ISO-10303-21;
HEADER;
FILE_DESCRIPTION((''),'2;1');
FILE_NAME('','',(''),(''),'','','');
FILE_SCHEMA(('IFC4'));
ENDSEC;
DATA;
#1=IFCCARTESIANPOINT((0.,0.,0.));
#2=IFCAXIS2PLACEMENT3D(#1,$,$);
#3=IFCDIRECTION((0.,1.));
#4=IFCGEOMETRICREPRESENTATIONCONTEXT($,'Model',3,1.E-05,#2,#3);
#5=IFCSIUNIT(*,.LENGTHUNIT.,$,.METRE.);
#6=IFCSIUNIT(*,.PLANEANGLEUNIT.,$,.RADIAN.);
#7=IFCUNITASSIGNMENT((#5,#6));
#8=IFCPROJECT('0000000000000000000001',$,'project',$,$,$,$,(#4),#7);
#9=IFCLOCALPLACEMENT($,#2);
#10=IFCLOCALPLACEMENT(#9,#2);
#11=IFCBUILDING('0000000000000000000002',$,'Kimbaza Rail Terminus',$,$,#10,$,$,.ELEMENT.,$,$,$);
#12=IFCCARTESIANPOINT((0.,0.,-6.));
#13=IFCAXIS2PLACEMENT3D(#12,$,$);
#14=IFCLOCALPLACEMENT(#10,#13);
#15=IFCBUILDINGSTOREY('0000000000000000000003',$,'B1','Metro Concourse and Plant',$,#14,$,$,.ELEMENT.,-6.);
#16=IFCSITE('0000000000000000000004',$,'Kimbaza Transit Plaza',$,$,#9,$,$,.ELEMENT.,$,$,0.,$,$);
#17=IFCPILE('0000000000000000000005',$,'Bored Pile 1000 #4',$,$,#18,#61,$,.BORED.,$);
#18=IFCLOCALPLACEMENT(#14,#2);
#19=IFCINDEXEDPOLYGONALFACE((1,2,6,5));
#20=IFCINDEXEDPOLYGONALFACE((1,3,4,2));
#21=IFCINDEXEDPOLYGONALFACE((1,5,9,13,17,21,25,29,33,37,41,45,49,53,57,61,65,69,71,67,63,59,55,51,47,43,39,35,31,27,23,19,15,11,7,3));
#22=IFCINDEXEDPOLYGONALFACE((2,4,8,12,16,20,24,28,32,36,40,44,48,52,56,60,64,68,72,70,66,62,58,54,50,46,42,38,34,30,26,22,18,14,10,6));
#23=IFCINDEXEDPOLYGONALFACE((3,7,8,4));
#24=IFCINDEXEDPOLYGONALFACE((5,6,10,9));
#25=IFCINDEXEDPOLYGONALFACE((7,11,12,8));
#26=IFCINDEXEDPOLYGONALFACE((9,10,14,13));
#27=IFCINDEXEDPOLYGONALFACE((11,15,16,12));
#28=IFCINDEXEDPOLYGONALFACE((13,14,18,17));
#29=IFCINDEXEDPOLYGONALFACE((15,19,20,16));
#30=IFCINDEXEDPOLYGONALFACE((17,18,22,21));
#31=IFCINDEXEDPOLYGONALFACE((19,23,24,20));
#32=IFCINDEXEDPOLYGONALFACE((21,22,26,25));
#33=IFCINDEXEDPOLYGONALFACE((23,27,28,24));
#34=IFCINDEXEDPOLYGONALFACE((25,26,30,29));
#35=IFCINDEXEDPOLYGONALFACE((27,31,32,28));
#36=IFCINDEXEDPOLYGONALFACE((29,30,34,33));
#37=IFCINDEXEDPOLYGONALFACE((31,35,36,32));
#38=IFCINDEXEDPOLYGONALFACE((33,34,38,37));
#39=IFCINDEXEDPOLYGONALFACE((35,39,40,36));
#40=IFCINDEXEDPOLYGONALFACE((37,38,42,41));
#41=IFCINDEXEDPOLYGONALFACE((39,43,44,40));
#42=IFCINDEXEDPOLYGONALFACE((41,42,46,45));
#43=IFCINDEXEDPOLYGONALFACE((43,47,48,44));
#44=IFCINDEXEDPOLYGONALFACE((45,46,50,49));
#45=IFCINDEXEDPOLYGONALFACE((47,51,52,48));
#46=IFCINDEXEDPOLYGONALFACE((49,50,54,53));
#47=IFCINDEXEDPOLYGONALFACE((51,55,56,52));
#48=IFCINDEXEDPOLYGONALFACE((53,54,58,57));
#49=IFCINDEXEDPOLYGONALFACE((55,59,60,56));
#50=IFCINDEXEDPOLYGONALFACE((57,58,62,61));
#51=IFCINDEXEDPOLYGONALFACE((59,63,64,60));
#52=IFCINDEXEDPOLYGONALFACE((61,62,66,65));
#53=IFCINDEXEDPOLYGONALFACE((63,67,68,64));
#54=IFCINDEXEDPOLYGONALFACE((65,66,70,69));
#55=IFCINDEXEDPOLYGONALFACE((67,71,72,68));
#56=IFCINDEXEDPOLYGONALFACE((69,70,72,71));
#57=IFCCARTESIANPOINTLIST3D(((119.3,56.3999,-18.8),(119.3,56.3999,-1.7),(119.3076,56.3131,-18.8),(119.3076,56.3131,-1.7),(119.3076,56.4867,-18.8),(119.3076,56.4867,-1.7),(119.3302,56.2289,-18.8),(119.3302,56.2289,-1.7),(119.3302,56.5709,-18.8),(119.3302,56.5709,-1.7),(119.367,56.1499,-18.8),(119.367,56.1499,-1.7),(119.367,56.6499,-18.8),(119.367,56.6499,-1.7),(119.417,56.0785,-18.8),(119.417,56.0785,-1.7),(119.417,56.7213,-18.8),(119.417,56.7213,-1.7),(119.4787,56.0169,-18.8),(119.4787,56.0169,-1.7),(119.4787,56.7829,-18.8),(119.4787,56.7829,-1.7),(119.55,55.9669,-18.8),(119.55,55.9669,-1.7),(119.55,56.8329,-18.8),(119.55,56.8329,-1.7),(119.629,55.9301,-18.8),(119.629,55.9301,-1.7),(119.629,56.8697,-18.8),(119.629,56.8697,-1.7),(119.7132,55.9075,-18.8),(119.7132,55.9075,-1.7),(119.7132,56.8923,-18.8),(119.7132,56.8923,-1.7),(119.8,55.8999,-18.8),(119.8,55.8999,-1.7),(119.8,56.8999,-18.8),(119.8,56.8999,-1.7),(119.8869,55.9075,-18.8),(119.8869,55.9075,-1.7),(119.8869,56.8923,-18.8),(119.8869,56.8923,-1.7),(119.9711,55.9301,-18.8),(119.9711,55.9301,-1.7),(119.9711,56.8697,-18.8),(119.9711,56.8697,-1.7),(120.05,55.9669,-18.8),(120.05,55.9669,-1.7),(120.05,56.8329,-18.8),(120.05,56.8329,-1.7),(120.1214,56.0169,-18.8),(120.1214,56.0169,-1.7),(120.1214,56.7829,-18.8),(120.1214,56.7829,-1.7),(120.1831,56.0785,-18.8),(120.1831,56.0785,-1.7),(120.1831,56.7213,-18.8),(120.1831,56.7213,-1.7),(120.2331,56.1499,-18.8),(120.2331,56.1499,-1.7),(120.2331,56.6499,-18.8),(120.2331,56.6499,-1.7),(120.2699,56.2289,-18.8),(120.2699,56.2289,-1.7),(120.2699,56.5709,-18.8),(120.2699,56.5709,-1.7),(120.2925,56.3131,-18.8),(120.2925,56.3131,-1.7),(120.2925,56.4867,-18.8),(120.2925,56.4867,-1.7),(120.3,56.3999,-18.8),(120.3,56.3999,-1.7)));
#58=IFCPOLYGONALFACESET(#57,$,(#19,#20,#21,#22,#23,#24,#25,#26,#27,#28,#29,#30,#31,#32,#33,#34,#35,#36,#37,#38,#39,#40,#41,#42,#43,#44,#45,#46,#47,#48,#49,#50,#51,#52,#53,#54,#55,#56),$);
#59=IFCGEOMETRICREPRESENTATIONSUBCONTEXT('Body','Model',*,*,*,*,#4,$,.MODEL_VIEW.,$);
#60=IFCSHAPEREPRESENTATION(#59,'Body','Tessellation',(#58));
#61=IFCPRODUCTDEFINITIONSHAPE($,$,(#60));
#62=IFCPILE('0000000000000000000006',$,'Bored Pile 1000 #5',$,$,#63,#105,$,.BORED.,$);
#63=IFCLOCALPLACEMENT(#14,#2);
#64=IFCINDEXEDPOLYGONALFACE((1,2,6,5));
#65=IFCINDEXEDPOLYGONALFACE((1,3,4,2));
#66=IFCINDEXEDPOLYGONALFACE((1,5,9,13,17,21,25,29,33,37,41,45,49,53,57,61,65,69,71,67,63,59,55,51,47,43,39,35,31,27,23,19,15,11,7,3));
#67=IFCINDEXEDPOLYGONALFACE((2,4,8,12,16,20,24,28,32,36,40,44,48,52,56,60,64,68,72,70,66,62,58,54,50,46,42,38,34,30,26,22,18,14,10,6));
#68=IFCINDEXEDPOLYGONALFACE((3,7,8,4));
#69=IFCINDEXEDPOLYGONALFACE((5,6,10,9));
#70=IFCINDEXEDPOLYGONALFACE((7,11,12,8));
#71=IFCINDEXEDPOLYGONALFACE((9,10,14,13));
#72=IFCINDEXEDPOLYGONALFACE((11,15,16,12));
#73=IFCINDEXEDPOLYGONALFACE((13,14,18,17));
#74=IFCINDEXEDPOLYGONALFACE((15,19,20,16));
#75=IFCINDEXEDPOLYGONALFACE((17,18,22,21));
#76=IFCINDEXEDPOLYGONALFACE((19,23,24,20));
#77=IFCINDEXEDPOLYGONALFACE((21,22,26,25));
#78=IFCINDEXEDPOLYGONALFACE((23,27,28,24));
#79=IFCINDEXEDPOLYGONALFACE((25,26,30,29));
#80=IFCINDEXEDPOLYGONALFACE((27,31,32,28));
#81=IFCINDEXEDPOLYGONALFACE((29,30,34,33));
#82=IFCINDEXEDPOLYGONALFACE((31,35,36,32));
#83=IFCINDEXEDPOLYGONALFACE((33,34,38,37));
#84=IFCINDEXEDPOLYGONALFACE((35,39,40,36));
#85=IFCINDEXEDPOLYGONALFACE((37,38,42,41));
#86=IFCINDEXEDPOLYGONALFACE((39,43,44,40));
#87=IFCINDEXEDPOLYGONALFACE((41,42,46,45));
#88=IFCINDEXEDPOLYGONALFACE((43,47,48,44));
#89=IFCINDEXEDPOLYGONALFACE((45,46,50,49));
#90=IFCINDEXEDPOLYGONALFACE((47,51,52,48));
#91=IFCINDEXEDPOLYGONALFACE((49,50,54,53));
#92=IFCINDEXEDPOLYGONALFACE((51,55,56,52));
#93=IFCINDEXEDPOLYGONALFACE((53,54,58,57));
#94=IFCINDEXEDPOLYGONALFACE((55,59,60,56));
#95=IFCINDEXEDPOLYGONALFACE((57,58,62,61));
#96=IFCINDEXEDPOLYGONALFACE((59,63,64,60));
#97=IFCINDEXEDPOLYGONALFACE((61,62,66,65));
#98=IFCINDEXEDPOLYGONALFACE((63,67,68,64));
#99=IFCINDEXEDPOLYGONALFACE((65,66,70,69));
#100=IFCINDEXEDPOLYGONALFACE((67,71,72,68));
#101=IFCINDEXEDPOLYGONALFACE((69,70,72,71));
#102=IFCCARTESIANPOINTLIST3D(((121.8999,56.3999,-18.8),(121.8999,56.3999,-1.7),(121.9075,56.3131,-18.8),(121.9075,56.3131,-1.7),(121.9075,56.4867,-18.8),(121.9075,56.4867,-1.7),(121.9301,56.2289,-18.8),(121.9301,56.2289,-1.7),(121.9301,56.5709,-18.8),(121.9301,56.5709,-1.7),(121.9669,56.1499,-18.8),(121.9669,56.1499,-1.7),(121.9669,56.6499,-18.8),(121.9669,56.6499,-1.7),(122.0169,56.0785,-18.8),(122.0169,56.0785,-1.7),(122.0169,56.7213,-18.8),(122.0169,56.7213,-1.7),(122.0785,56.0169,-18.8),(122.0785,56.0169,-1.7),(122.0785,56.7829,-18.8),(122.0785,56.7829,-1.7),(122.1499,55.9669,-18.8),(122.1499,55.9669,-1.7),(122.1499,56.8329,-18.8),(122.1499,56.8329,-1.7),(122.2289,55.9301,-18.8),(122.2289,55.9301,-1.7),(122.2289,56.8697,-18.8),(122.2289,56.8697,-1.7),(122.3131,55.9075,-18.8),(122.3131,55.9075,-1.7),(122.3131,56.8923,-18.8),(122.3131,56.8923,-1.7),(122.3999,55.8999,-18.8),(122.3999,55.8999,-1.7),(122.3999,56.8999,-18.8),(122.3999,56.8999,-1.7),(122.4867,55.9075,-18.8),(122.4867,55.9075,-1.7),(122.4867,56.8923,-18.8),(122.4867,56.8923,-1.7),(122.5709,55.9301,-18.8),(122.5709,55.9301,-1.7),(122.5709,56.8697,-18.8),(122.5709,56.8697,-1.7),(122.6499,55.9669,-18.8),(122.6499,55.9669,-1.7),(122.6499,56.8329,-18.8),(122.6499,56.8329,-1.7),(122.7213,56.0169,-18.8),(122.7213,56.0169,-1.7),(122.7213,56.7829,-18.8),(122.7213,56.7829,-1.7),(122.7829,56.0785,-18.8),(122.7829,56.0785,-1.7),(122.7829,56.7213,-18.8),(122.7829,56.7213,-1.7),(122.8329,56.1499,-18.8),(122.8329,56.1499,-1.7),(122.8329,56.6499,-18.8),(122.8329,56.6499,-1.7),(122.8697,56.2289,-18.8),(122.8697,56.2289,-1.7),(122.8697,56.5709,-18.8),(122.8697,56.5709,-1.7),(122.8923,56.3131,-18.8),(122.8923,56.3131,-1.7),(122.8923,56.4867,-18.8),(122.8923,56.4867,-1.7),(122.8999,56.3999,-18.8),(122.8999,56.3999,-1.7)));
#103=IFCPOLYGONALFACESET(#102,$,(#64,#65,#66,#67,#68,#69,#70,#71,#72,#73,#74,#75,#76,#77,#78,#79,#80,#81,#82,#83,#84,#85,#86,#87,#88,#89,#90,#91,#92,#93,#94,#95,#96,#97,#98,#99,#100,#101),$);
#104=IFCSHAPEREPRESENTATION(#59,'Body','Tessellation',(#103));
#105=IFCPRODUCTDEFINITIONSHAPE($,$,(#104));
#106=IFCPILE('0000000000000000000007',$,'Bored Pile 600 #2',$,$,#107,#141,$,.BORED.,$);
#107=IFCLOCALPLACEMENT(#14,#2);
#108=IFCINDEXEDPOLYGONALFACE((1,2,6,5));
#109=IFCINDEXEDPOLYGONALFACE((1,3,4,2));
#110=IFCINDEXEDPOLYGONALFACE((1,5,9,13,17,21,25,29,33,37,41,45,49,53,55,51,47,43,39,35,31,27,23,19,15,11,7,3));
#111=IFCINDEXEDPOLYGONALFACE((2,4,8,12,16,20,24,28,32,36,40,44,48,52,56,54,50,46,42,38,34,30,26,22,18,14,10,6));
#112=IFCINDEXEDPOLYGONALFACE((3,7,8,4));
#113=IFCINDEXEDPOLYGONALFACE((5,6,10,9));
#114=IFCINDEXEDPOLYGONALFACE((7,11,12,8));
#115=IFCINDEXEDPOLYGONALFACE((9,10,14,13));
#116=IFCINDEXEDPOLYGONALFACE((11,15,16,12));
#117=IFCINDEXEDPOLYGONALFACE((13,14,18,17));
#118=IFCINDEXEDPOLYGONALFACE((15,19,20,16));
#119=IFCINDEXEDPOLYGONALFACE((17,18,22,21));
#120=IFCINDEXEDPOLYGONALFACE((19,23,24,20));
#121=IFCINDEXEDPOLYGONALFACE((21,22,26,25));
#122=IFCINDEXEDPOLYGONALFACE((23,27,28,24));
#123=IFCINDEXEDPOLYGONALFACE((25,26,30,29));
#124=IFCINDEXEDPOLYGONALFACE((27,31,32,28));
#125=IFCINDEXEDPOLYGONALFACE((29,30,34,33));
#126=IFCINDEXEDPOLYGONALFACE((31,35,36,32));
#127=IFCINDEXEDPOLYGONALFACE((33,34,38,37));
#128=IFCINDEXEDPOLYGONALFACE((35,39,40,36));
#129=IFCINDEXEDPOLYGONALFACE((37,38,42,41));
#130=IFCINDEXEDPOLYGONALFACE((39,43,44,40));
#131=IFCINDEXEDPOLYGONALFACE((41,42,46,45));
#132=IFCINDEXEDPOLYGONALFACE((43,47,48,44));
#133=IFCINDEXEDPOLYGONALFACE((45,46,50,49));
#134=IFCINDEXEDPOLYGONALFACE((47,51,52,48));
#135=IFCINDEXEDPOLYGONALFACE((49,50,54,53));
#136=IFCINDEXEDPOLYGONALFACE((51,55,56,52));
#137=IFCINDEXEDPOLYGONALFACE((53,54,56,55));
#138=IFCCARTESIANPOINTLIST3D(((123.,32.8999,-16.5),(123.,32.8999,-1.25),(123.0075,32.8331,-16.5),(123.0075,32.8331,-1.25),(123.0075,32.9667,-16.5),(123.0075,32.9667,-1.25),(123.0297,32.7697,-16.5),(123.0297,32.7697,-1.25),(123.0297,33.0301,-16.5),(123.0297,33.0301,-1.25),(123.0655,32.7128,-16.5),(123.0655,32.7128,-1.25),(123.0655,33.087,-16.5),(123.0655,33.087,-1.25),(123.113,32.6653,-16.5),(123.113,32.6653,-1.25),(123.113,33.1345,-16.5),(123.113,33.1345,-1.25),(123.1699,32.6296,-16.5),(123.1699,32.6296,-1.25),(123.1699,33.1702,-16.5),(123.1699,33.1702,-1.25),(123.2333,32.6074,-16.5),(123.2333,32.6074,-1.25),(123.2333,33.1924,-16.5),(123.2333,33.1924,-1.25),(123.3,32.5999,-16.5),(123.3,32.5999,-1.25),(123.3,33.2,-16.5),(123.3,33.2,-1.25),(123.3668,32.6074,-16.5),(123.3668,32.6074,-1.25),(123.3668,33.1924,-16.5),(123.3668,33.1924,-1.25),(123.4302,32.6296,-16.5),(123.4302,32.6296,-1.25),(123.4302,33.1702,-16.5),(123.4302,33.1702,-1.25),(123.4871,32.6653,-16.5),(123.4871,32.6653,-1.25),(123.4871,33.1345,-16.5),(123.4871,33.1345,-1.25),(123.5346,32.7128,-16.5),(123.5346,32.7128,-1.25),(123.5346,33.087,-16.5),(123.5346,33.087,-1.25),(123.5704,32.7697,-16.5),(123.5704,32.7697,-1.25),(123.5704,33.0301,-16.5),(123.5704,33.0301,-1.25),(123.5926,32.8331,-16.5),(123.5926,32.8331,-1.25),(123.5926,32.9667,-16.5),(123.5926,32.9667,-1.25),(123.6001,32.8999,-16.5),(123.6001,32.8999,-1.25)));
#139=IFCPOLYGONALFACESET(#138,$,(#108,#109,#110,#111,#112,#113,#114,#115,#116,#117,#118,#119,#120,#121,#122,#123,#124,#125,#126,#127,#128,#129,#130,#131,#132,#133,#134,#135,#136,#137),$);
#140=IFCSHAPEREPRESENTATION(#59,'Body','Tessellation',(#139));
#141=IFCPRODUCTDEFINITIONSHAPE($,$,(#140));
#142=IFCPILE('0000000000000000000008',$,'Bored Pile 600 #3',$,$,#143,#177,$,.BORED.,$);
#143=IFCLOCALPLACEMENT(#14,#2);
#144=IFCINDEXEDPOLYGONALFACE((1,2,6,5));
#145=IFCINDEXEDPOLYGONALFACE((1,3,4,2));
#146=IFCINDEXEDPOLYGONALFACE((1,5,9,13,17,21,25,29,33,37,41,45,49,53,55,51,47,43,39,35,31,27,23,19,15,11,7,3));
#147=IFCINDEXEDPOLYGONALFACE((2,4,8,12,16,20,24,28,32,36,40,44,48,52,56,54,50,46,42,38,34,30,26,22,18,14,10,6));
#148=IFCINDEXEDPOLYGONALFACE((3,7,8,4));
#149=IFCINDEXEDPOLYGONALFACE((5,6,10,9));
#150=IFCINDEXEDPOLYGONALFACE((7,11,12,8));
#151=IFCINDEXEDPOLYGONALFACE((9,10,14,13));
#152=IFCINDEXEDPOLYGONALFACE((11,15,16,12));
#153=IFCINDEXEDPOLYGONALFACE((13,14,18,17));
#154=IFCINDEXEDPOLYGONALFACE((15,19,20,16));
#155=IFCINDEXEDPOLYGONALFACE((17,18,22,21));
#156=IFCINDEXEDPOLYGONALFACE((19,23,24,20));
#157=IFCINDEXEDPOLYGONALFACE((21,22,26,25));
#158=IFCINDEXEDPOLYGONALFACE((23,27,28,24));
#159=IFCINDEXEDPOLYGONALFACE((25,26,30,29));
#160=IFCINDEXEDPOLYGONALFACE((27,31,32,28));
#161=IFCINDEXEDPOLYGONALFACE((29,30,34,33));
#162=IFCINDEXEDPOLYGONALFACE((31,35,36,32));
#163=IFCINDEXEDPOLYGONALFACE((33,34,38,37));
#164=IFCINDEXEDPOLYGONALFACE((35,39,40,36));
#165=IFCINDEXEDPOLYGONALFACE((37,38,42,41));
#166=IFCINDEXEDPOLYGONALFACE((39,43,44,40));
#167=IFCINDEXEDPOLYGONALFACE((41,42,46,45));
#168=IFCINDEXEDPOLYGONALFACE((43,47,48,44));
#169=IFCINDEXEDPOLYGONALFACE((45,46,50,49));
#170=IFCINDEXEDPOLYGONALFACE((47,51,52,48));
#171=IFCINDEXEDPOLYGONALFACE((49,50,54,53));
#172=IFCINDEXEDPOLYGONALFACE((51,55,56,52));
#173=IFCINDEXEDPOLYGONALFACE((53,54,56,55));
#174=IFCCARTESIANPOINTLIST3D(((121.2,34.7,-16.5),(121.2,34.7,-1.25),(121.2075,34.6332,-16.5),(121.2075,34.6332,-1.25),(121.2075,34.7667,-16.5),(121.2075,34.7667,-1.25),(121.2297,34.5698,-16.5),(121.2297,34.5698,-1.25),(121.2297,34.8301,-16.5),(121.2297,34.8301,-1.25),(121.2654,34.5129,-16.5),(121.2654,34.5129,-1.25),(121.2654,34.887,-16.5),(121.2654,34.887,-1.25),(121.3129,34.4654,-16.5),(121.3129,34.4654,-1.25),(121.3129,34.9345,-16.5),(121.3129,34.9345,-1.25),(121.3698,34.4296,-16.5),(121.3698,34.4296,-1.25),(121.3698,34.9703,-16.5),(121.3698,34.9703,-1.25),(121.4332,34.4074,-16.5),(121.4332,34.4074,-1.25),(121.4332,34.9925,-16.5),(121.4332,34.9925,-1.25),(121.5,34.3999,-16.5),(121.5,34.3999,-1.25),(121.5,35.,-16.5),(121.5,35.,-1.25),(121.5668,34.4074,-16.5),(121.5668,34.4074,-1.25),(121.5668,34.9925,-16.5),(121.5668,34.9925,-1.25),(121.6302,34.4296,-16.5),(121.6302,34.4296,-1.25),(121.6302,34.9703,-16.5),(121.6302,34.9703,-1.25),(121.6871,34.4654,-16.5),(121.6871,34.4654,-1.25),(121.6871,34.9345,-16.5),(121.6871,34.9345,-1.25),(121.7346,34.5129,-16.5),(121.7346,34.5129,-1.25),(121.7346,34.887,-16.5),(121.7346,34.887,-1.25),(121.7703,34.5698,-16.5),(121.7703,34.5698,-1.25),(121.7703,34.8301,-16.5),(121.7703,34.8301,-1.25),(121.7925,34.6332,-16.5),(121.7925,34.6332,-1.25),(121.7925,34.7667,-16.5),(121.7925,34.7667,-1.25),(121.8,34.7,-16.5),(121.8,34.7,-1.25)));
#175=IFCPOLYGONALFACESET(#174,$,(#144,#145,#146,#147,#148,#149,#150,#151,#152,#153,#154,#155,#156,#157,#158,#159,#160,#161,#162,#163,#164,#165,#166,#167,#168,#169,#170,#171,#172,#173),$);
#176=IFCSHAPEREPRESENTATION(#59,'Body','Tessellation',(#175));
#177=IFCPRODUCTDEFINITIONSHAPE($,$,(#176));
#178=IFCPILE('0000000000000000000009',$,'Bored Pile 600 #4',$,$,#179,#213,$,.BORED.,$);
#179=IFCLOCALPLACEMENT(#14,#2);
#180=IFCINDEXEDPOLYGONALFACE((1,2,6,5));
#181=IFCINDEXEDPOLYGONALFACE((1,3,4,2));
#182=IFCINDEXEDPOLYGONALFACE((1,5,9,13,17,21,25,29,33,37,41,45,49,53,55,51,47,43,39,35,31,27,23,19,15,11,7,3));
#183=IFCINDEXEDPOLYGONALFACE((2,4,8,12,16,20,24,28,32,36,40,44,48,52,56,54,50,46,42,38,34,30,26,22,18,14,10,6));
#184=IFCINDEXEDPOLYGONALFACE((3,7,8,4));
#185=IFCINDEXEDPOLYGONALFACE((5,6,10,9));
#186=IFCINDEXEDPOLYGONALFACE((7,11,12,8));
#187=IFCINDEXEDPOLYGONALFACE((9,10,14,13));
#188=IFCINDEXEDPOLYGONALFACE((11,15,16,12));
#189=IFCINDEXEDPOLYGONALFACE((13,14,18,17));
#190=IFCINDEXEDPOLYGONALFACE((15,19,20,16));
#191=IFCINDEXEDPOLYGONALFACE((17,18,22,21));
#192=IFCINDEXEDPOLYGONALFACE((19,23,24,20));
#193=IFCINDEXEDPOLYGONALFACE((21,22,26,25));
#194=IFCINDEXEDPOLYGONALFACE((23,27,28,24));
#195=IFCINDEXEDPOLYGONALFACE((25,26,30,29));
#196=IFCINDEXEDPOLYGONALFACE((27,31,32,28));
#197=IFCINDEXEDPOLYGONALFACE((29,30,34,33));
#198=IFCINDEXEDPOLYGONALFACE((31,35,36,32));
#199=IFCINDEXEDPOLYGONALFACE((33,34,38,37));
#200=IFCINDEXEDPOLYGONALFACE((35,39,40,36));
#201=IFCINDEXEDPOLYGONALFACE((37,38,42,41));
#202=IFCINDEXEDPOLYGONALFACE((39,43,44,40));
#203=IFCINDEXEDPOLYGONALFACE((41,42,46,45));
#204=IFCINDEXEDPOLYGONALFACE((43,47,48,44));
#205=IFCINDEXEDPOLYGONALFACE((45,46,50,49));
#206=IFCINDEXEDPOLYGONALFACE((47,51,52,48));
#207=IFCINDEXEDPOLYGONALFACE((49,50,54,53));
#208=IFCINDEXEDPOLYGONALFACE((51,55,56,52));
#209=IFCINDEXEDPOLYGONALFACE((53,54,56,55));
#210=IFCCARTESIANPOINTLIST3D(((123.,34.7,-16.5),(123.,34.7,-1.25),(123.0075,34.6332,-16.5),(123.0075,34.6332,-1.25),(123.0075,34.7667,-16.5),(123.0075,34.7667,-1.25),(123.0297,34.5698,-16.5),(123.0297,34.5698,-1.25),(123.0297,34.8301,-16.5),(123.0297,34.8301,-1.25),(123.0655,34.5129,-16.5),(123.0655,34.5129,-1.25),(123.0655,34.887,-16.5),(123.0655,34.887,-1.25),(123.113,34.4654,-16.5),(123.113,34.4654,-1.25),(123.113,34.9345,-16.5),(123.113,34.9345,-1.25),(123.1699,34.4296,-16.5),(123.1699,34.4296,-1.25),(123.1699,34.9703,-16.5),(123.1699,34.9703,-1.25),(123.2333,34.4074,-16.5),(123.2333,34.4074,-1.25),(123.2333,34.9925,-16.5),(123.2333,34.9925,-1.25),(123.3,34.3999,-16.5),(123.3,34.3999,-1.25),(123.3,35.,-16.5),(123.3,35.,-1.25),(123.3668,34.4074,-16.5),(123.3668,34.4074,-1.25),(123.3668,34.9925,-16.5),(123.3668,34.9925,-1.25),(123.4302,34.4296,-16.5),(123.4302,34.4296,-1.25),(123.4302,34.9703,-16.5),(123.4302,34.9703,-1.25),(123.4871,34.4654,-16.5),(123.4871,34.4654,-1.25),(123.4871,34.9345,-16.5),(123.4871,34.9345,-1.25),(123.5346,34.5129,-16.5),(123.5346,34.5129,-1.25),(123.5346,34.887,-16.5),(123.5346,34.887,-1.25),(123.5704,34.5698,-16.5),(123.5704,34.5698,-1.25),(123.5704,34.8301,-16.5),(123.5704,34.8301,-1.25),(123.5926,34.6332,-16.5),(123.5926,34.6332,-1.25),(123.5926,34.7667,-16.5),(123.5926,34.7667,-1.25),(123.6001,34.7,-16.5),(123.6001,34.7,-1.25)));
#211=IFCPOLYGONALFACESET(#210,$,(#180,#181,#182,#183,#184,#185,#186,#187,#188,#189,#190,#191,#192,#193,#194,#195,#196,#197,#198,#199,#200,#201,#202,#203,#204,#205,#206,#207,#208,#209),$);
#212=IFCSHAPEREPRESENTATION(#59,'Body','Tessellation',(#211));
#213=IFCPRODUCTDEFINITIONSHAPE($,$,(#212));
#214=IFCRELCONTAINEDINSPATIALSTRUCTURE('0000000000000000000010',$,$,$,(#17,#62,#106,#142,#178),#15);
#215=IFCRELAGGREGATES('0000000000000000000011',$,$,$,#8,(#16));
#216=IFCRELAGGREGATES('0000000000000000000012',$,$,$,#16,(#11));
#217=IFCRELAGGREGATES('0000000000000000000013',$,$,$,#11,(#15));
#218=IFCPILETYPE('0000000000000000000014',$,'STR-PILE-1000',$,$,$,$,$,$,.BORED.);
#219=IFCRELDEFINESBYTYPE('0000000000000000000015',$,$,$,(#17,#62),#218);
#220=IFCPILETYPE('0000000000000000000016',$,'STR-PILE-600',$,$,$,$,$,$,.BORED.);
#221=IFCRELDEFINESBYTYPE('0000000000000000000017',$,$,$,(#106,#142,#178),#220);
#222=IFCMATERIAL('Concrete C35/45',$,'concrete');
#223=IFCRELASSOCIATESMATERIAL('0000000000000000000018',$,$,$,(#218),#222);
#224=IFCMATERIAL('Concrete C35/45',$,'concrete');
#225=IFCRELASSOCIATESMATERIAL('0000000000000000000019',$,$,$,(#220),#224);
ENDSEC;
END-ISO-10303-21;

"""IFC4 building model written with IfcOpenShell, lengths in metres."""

from ifc_helpers import new_model, si_unit, direction, frame, origin, origin_2d, place, context, subcontext, project, spatial, circle, extrude, material, material_profile, profile_set, type_object, element, save


model = new_model("IFC4")

# Units and contexts
model_context = context("Model", 3, precision=1e-05, world=origin(), true_north=direction((0.0, 1.0)))
body_context = subcontext(model_context, "Body", "Model", "MODEL_VIEW")
ifc_project = project(units=[si_unit("LENGTHUNIT", "METRE"), si_unit("PLANEANGLEUNIT", "RADIAN")], contexts=[model_context])

# Site, building, storey
site_placement = place(None, origin())
site = spatial("IfcSite", under=ifc_project, at=site_placement, Name="Kimbaza Transit Plaza", CompositionType="ELEMENT", RefElevation=0.0)
building_placement = place(site_placement, origin())
building = spatial("IfcBuilding", under=site, at=building_placement, Name="Kimbaza Rail Terminus", CompositionType="ELEMENT")
storey_placement = place(building_placement, frame((0.0, 0.0, -6.0)))
storey = spatial("IfcBuildingStorey", under=building, at=storey_placement, Name="B1", Description="Metro Concourse and Plant", CompositionType="ELEMENT", Elevation=-6.0)

# Piles
ifc_material_1 = material(Name="Concrete C35/45", Category="concrete")
ifc_material_profile_1 = material_profile(ifc_material_1, circle(Radius=0.5, at=origin_2d()), Name="BORED PILE 1000")
ifc_profile_set_1 = profile_set([ifc_material_profile_1], Name="Concrete C35/45")
pile_type_1 = type_object("IfcPileType", Name="STR-PILE-1000", PredefinedType="BORED", material=ifc_profile_set_1)
for number, where, z_axis, x_axis, name in (
    (1, (119.8, 56.3999, -1.7), (0.0, 0.0, -1.0), (1.0, 0.0, 0.0), "Bored Pile 1000 #4"),
    (2, (122.3999, 56.3999, -1.7), (0.0, 0.0, -1.0), (1.0, 0.0, 0.0), "Bored Pile 1000 #5"),
):
    element("IfcPile", number, at=place(storey_placement, frame(where, z_axis=z_axis, x_axis=x_axis)), inside=storey, type_object=pile_type_1, Name=name, PredefinedType="BORED", context=body_context, shape_type="SweptSolid", body=[
        extrude(circle(Radius=0.5, at=origin_2d()), origin(), (0.0, 0.0, 1.0), 17.1001),
    ])
ifc_material_2 = material(Name="Concrete C35/45", Category="concrete")
ifc_material_profile_2 = material_profile(ifc_material_2, circle(Radius=0.3, at=origin_2d()), Name="BORED PILE 600")
ifc_profile_set_2 = profile_set([ifc_material_profile_2], Name="Concrete C35/45")
pile_type_2 = type_object("IfcPileType", Name="STR-PILE-600", PredefinedType="BORED", material=ifc_profile_set_2)
for number, where, z_axis, x_axis, name in (
    (3, (123.3, 32.8999, -1.25), (0.0, 0.0, -1.0), (1.0, 0.0, 0.0), "Bored Pile 600 #2"),
    (4, (121.5, 34.7, -1.25), (0.0, 0.0, -1.0), (1.0, 0.0, 0.0), "Bored Pile 600 #3"),
    (5, (123.3, 34.7, -1.25), (0.0, 0.0, -1.0), (1.0, 0.0, 0.0), "Bored Pile 600 #4"),
):
    element("IfcPile", number, at=place(storey_placement, frame(where, z_axis=z_axis, x_axis=x_axis)), inside=storey, type_object=pile_type_2, Name=name, PredefinedType="BORED", context=body_context, shape_type="SweptSolid", body=[
        extrude(circle(Radius=0.3, at=origin_2d()), origin(), (0.0, 0.0, 1.0), 15.25),
    ])

save(model, "model.ifc")
